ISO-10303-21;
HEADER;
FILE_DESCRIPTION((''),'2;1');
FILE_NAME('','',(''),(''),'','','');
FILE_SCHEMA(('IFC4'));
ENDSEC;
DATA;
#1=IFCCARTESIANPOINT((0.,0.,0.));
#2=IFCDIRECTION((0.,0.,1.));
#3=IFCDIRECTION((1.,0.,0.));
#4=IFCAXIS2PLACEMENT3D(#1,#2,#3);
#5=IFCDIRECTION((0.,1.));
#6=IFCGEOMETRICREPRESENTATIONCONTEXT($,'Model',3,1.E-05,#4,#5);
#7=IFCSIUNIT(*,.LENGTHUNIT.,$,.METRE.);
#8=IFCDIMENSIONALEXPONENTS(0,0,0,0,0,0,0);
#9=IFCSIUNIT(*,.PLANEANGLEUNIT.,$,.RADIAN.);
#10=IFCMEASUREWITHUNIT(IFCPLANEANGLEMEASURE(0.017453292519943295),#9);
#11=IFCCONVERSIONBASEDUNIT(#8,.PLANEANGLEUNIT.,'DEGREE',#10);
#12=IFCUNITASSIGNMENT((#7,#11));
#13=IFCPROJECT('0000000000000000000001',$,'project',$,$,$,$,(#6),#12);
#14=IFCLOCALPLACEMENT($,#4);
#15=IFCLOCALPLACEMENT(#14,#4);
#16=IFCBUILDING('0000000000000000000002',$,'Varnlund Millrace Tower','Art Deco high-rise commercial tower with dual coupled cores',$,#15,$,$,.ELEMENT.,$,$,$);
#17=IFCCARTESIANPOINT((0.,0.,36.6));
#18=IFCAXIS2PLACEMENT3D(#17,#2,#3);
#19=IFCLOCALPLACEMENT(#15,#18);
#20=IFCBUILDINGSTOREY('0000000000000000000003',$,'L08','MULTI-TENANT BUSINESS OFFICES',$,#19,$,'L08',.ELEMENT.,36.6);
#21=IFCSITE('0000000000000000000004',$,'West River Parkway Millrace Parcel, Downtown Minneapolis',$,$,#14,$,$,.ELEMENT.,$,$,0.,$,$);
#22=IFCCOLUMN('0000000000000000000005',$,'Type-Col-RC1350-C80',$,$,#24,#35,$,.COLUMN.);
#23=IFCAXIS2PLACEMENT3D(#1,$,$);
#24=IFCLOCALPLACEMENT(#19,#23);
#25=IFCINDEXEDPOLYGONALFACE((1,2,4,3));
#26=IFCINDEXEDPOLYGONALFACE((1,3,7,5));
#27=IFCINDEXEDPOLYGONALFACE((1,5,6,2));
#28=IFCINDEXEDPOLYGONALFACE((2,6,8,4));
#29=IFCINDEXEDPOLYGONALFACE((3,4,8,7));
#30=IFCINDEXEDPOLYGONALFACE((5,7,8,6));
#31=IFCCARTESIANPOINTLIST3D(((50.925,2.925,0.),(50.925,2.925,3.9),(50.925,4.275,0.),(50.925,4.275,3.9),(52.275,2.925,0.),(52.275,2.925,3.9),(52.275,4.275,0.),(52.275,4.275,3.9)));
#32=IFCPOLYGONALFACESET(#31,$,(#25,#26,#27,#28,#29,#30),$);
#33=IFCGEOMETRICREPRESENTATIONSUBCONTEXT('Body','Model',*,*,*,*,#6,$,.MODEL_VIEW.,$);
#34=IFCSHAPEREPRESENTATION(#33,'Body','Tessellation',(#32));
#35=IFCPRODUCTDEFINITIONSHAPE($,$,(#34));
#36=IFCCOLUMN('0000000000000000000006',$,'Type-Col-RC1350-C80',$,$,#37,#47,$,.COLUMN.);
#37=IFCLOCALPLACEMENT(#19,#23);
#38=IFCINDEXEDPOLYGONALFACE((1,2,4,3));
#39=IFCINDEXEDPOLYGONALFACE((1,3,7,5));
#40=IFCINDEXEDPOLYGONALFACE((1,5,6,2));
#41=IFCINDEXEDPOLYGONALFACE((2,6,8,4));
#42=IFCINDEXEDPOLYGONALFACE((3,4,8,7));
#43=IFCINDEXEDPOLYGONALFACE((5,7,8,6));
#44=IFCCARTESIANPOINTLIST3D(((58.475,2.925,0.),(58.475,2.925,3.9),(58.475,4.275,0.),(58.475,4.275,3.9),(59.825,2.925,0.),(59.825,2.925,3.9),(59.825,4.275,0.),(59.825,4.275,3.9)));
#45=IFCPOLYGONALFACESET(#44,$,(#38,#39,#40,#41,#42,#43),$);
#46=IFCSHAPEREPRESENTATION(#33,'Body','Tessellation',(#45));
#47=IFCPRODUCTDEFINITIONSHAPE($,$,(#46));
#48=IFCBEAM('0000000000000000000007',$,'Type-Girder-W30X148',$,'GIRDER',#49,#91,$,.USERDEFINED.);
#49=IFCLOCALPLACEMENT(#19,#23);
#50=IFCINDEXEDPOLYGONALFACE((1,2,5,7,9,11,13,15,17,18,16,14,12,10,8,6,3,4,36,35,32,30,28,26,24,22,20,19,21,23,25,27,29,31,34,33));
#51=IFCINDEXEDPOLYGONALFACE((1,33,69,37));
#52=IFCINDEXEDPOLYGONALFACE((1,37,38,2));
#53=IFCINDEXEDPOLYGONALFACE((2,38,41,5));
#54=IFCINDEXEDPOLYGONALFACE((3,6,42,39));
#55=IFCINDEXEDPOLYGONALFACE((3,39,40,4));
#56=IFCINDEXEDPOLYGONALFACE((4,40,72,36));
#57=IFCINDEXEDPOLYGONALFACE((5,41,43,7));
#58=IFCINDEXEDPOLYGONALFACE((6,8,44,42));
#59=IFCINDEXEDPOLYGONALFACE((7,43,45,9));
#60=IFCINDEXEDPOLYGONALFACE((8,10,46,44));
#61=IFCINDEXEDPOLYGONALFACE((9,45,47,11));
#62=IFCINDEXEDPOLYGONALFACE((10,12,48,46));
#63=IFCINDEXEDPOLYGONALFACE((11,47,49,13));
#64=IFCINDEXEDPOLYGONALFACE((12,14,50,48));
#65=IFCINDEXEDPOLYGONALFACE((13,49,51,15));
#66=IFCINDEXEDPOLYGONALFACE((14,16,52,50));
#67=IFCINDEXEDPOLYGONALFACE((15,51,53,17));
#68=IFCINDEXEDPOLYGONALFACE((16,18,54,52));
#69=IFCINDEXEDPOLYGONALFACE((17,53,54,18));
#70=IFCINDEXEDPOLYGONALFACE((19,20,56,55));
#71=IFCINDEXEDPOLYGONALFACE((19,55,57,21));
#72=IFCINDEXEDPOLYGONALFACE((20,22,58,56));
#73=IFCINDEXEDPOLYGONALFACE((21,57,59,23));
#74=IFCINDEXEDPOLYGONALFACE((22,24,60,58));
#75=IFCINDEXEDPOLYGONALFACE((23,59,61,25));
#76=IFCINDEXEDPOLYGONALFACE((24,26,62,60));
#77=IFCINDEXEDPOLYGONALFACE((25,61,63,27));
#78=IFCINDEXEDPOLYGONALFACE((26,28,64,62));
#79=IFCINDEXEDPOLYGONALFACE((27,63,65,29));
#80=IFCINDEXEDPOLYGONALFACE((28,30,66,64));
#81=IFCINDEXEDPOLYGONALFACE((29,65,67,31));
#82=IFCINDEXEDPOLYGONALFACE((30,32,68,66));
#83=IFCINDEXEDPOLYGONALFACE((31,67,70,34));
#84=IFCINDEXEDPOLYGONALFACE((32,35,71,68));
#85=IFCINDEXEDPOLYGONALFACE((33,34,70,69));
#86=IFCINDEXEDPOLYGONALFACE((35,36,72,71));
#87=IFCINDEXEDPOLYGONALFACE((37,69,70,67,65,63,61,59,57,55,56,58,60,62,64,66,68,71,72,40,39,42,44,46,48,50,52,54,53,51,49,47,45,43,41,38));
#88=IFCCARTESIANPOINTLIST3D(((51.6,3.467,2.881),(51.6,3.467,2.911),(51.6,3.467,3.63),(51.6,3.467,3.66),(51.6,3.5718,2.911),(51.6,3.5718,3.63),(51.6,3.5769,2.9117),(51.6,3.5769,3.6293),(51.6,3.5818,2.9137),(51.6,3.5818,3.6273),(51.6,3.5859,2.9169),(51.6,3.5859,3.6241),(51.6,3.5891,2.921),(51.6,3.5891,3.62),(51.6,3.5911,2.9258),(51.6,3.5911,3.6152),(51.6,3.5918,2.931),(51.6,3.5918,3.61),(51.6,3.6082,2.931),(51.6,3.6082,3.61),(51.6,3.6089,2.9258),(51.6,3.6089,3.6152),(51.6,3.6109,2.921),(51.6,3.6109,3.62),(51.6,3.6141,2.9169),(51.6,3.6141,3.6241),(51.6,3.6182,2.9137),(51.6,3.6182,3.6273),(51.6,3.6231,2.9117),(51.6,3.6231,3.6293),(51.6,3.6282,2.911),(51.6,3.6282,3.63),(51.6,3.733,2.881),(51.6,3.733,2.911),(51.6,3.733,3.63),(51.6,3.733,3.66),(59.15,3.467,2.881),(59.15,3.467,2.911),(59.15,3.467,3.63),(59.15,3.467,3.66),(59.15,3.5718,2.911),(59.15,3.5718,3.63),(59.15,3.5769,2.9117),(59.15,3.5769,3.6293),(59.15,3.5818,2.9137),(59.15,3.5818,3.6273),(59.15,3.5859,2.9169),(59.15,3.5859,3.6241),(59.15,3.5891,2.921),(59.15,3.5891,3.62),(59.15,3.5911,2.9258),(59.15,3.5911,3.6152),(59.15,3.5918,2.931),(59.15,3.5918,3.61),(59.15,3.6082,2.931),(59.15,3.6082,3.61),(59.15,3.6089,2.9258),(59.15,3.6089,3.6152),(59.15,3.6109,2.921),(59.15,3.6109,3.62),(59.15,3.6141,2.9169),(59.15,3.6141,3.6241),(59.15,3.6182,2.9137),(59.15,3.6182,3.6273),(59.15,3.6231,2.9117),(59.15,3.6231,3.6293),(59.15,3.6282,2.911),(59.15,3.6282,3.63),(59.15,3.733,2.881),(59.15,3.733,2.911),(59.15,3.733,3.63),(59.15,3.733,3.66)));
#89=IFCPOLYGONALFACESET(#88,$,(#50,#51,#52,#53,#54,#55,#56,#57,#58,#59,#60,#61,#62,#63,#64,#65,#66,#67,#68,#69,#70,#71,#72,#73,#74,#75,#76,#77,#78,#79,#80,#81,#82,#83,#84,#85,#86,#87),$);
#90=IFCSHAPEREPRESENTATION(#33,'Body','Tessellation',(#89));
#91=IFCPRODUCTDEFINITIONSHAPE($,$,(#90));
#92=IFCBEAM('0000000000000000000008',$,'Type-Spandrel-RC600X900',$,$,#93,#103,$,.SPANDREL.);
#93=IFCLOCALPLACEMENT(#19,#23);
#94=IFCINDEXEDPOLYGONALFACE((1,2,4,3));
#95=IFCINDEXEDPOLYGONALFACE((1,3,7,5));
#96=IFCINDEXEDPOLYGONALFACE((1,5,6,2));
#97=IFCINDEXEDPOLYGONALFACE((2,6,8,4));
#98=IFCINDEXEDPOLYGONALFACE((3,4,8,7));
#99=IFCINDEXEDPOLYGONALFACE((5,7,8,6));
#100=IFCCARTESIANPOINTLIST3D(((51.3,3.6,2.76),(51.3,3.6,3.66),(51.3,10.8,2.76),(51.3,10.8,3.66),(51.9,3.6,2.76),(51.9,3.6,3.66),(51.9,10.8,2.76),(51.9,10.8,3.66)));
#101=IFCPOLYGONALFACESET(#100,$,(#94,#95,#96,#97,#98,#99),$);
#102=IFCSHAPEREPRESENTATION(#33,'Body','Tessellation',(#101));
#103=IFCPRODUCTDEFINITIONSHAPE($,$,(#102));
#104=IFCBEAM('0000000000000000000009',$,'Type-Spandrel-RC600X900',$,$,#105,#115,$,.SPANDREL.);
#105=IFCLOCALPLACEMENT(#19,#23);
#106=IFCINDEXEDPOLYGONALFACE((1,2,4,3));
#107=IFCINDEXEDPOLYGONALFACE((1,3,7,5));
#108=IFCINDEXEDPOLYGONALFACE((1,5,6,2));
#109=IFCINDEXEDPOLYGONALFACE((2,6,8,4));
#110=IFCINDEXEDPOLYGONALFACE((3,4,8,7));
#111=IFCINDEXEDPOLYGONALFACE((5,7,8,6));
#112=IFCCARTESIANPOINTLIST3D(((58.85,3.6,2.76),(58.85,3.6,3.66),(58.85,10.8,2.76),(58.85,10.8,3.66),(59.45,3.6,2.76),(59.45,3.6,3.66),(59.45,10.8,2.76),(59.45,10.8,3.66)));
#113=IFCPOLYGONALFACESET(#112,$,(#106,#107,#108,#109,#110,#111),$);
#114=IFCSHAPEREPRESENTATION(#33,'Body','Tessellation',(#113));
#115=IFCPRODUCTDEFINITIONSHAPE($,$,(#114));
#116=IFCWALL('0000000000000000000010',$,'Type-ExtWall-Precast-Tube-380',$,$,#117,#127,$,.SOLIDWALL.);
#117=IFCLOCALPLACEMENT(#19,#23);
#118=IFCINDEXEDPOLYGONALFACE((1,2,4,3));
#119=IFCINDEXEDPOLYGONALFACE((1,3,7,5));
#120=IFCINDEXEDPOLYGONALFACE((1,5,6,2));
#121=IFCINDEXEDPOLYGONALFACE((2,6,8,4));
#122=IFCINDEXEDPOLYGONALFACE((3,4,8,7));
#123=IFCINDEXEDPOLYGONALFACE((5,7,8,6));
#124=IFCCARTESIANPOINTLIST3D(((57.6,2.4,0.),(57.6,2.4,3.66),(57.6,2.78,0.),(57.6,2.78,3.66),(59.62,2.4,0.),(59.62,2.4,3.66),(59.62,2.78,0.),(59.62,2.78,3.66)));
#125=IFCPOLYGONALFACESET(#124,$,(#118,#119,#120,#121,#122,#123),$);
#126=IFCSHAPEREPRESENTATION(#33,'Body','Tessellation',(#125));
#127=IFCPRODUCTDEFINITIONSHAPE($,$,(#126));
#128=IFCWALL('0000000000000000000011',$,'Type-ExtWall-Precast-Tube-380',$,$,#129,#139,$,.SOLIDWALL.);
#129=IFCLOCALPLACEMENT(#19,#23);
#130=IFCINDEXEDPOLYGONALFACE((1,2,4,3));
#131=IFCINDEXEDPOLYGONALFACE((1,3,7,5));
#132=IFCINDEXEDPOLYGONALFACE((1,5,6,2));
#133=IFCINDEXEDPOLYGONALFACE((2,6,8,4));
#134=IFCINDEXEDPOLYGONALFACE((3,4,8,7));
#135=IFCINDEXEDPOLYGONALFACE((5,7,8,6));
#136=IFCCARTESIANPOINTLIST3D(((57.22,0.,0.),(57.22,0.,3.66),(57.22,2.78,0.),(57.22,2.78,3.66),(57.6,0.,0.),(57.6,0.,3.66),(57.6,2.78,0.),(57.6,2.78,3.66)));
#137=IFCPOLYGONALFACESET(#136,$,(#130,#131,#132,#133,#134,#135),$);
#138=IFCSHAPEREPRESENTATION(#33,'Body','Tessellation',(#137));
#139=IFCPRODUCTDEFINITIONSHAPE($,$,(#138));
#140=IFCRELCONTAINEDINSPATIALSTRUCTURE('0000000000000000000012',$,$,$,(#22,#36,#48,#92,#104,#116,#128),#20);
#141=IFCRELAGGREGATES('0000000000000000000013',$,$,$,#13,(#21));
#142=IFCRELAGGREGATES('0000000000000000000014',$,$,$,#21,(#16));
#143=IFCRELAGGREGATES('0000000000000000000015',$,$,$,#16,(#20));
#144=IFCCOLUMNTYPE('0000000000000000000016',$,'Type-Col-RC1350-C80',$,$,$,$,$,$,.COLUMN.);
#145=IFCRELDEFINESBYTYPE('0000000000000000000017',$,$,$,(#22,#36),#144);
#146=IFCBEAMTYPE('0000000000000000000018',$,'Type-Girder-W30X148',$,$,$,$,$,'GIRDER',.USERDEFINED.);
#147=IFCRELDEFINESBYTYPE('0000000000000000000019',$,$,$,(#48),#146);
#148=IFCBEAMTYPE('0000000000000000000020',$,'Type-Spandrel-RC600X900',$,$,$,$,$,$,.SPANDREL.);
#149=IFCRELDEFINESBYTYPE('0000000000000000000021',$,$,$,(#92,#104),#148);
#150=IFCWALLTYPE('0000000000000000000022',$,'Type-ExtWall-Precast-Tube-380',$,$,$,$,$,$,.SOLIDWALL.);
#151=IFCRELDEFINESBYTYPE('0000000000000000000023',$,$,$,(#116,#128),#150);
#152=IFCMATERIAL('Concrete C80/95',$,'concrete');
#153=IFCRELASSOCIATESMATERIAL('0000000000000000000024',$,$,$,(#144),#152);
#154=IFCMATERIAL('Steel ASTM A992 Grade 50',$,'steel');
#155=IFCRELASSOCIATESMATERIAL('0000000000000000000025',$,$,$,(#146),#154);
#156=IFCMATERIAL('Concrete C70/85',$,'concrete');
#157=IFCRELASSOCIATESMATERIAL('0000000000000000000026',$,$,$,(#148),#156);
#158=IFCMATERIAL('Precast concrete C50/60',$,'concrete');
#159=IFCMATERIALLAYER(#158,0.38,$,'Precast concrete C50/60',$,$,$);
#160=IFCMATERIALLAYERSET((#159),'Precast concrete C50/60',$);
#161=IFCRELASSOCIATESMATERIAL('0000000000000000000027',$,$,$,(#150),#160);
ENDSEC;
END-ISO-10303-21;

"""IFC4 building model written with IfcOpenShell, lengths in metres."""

from ifc_helpers import new_model, entity, si_unit, converted_unit, direction, frame, origin_with_axes, origin_2d_with_axis, place, context, subcontext, project, spatial, polyline, rectangle, i_section, outline, extrude, material, layer, layer_set, material_profile, profile_set, type_object, element, save


model = new_model("IFC4")

# Units and contexts
model_context = context("Model", 3, precision=1e-05, world=origin_with_axes(), true_north=direction((0.0, 1.0)))
body_context = subcontext(model_context, "Body", "Model", "MODEL_VIEW")
ifc_project = project(units=[si_unit("LENGTHUNIT", "METRE"), converted_unit("PLANEANGLEUNIT", "DEGREE", entity("IfcPlaneAngleMeasure", 0.017453292519943295), si_unit("PLANEANGLEUNIT", "RADIAN"), dimensions=[0, 0, 0, 0, 0, 0, 0])], contexts=[model_context])

# Site, building, storey
site_placement = place(None, origin_with_axes())
site = spatial("IfcSite", under=ifc_project, at=site_placement, Name="West River Parkway Millrace Parcel, Downtown Minneapolis", CompositionType="ELEMENT", RefElevation=0.0)
building_placement = place(site_placement, origin_with_axes())
building = spatial("IfcBuilding", under=site, at=building_placement, Name="Varnlund Millrace Tower", Description="Art Deco high-rise commercial tower with dual coupled cores", CompositionType="ELEMENT")
storey_placement = place(building_placement, frame((0.0, 0.0, 36.6), z_axis=(0.0, 0.0, 1.0), x_axis=(1.0, 0.0, 0.0)))
storey = spatial("IfcBuildingStorey", under=building, at=storey_placement, Name="L08", Description="MULTI-TENANT BUSINESS OFFICES", LongName="L08", CompositionType="ELEMENT", Elevation=36.6)

# Columns
ifc_material_1 = material(Name="Concrete C80/95", Category="concrete")
ifc_material_profile_1 = material_profile(ifc_material_1, rectangle(XDim=1.35, YDim=1.35, at=origin_2d_with_axis()), Name="Concrete C80/95")
ifc_profile_set_1 = profile_set([ifc_material_profile_1], Name="Concrete C80/95")
column_type = type_object("IfcColumnType", Name="Type-Col-RC1350-C80", PredefinedType="COLUMN", material=ifc_profile_set_1)
for number, where, z_axis, x_axis, name in (
    (1, (51.6, 3.6, 0.0), (0.0, 0.0, 1.0), (1.0, 0.0, 0.0), "Type-Col-RC1350-C80"),
    (2, (59.15, 3.6, 0.0), (0.0, 0.0, 1.0), (1.0, 0.0, 0.0), "Type-Col-RC1350-C80"),
):
    element("IfcColumn", number, at=place(storey_placement, frame(where, z_axis=z_axis, x_axis=x_axis)), inside=storey, type_object=column_type, Name=name, PredefinedType="COLUMN", context=body_context, shape_type="SweptSolid", body=[
        extrude(rectangle(XDim=1.35, YDim=1.35, at=origin_2d_with_axis()), origin_with_axes(), (0.0, 0.0, 1.0), 3.9),
    ])

# Beams
ifc_material_2 = material(Name="Steel ASTM A992 Grade 50", Category="steel")
ifc_material_profile_2 = material_profile(ifc_material_2, i_section(OverallWidth=0.266, OverallDepth=0.779, WebThickness=0.0165, FlangeThickness=0.03, FilletRadius=0.02, at=origin_2d_with_axis()), Name="Steel ASTM A992 Grade 50")
ifc_profile_set_2 = profile_set([ifc_material_profile_2], Name="Steel ASTM A992 Grade 50")
beam_type_1 = type_object("IfcBeamType", Name="Type-Girder-W30X148", ElementType="GIRDER", PredefinedType="USERDEFINED", material=ifc_profile_set_2)
beam_placement = place(storey_placement, frame((51.6, 3.6, 3.2705), z_axis=(1.0, 0.0, 0.0), x_axis=(0.0, 1.0, 0.0)))
element("IfcBeam", 3, at=beam_placement, inside=storey, type_object=beam_type_1, Name="Type-Girder-W30X148", ObjectType="GIRDER", PredefinedType="USERDEFINED", context=body_context, shape_type="SweptSolid", body=[
    extrude(i_section(OverallWidth=0.266, OverallDepth=0.779, WebThickness=0.0165, FlangeThickness=0.03, FilletRadius=0.02, at=origin_2d_with_axis()), origin_with_axes(), (0.0, 0.0, 1.0), 7.55),
])
ifc_material_3 = material(Name="Concrete C70/85", Category="concrete")
ifc_material_profile_3 = material_profile(ifc_material_3, rectangle(XDim=0.6, YDim=0.9, at=origin_2d_with_axis()), Name="Concrete C70/85")
ifc_profile_set_3 = profile_set([ifc_material_profile_3], Name="Concrete C70/85")
beam_type_2 = type_object("IfcBeamType", Name="Type-Spandrel-RC600X900", PredefinedType="SPANDREL", material=ifc_profile_set_3)
for number, where, z_axis, x_axis, name in (
    (4, (51.6, 3.6, 3.21), (0.0, 1.0, 0.0), (-1.0, 0.0, 0.0), "Type-Spandrel-RC600X900"),
    (5, (59.15, 3.6, 3.21), (0.0, 1.0, 0.0), (-1.0, 0.0, 0.0), "Type-Spandrel-RC600X900"),
):
    element("IfcBeam", number, at=place(storey_placement, frame(where, z_axis=z_axis, x_axis=x_axis)), inside=storey, type_object=beam_type_2, Name=name, PredefinedType="SPANDREL", context=body_context, shape_type="SweptSolid", body=[
        extrude(rectangle(XDim=0.6, YDim=0.9, at=origin_2d_with_axis()), origin_with_axes(), (0.0, 0.0, 1.0), 7.2),
    ])

# Walls
ifc_material_4 = material(Name="Precast concrete C50/60", Category="concrete")
ifc_layer = layer(ifc_material_4, 0.38, Name="Precast concrete C50/60")
ifc_layer_set = layer_set([ifc_layer], Name="Precast concrete C50/60")
wall_type = type_object("IfcWallType", Name="Type-ExtWall-Precast-Tube-380", PredefinedType="SOLIDWALL", material=ifc_layer_set)
wall_1_placement = place(storey_placement, frame((59.62, 2.59, 0.0), z_axis=(0.0, 0.0, 1.0), x_axis=(-1.0, 0.0, 0.0)))
element("IfcWall", 6, at=wall_1_placement, inside=storey, type_object=wall_type, Name="Type-ExtWall-Precast-Tube-380", PredefinedType="SOLIDWALL", context=body_context, shape_type="SweptSolid", body=[
    extrude(outline(polyline([(0.0, -0.19), (2.02, -0.19), (2.02, 0.19), (0.0, 0.19), (0.0, -0.19)])), origin_with_axes(), (0.0, 0.0, 1.0), 3.66),
])
wall_2_placement = place(storey_placement, frame((57.41, 2.78, 0.0), z_axis=(0.0, 0.0, 1.0), x_axis=(0.0, -1.0, 0.0)))
element("IfcWall", 7, at=wall_2_placement, inside=storey, type_object=wall_type, Name="Type-ExtWall-Precast-Tube-380", PredefinedType="SOLIDWALL", context=body_context, shape_type="SweptSolid", body=[
    extrude(outline(polyline([(0.0, -0.19), (2.78, -0.19), (2.78, 0.19), (0.0, 0.19), (0.0, -0.19)])), origin_with_axes(), (0.0, 0.0, 1.0), 3.66),
])

save(model, "model.ifc")
